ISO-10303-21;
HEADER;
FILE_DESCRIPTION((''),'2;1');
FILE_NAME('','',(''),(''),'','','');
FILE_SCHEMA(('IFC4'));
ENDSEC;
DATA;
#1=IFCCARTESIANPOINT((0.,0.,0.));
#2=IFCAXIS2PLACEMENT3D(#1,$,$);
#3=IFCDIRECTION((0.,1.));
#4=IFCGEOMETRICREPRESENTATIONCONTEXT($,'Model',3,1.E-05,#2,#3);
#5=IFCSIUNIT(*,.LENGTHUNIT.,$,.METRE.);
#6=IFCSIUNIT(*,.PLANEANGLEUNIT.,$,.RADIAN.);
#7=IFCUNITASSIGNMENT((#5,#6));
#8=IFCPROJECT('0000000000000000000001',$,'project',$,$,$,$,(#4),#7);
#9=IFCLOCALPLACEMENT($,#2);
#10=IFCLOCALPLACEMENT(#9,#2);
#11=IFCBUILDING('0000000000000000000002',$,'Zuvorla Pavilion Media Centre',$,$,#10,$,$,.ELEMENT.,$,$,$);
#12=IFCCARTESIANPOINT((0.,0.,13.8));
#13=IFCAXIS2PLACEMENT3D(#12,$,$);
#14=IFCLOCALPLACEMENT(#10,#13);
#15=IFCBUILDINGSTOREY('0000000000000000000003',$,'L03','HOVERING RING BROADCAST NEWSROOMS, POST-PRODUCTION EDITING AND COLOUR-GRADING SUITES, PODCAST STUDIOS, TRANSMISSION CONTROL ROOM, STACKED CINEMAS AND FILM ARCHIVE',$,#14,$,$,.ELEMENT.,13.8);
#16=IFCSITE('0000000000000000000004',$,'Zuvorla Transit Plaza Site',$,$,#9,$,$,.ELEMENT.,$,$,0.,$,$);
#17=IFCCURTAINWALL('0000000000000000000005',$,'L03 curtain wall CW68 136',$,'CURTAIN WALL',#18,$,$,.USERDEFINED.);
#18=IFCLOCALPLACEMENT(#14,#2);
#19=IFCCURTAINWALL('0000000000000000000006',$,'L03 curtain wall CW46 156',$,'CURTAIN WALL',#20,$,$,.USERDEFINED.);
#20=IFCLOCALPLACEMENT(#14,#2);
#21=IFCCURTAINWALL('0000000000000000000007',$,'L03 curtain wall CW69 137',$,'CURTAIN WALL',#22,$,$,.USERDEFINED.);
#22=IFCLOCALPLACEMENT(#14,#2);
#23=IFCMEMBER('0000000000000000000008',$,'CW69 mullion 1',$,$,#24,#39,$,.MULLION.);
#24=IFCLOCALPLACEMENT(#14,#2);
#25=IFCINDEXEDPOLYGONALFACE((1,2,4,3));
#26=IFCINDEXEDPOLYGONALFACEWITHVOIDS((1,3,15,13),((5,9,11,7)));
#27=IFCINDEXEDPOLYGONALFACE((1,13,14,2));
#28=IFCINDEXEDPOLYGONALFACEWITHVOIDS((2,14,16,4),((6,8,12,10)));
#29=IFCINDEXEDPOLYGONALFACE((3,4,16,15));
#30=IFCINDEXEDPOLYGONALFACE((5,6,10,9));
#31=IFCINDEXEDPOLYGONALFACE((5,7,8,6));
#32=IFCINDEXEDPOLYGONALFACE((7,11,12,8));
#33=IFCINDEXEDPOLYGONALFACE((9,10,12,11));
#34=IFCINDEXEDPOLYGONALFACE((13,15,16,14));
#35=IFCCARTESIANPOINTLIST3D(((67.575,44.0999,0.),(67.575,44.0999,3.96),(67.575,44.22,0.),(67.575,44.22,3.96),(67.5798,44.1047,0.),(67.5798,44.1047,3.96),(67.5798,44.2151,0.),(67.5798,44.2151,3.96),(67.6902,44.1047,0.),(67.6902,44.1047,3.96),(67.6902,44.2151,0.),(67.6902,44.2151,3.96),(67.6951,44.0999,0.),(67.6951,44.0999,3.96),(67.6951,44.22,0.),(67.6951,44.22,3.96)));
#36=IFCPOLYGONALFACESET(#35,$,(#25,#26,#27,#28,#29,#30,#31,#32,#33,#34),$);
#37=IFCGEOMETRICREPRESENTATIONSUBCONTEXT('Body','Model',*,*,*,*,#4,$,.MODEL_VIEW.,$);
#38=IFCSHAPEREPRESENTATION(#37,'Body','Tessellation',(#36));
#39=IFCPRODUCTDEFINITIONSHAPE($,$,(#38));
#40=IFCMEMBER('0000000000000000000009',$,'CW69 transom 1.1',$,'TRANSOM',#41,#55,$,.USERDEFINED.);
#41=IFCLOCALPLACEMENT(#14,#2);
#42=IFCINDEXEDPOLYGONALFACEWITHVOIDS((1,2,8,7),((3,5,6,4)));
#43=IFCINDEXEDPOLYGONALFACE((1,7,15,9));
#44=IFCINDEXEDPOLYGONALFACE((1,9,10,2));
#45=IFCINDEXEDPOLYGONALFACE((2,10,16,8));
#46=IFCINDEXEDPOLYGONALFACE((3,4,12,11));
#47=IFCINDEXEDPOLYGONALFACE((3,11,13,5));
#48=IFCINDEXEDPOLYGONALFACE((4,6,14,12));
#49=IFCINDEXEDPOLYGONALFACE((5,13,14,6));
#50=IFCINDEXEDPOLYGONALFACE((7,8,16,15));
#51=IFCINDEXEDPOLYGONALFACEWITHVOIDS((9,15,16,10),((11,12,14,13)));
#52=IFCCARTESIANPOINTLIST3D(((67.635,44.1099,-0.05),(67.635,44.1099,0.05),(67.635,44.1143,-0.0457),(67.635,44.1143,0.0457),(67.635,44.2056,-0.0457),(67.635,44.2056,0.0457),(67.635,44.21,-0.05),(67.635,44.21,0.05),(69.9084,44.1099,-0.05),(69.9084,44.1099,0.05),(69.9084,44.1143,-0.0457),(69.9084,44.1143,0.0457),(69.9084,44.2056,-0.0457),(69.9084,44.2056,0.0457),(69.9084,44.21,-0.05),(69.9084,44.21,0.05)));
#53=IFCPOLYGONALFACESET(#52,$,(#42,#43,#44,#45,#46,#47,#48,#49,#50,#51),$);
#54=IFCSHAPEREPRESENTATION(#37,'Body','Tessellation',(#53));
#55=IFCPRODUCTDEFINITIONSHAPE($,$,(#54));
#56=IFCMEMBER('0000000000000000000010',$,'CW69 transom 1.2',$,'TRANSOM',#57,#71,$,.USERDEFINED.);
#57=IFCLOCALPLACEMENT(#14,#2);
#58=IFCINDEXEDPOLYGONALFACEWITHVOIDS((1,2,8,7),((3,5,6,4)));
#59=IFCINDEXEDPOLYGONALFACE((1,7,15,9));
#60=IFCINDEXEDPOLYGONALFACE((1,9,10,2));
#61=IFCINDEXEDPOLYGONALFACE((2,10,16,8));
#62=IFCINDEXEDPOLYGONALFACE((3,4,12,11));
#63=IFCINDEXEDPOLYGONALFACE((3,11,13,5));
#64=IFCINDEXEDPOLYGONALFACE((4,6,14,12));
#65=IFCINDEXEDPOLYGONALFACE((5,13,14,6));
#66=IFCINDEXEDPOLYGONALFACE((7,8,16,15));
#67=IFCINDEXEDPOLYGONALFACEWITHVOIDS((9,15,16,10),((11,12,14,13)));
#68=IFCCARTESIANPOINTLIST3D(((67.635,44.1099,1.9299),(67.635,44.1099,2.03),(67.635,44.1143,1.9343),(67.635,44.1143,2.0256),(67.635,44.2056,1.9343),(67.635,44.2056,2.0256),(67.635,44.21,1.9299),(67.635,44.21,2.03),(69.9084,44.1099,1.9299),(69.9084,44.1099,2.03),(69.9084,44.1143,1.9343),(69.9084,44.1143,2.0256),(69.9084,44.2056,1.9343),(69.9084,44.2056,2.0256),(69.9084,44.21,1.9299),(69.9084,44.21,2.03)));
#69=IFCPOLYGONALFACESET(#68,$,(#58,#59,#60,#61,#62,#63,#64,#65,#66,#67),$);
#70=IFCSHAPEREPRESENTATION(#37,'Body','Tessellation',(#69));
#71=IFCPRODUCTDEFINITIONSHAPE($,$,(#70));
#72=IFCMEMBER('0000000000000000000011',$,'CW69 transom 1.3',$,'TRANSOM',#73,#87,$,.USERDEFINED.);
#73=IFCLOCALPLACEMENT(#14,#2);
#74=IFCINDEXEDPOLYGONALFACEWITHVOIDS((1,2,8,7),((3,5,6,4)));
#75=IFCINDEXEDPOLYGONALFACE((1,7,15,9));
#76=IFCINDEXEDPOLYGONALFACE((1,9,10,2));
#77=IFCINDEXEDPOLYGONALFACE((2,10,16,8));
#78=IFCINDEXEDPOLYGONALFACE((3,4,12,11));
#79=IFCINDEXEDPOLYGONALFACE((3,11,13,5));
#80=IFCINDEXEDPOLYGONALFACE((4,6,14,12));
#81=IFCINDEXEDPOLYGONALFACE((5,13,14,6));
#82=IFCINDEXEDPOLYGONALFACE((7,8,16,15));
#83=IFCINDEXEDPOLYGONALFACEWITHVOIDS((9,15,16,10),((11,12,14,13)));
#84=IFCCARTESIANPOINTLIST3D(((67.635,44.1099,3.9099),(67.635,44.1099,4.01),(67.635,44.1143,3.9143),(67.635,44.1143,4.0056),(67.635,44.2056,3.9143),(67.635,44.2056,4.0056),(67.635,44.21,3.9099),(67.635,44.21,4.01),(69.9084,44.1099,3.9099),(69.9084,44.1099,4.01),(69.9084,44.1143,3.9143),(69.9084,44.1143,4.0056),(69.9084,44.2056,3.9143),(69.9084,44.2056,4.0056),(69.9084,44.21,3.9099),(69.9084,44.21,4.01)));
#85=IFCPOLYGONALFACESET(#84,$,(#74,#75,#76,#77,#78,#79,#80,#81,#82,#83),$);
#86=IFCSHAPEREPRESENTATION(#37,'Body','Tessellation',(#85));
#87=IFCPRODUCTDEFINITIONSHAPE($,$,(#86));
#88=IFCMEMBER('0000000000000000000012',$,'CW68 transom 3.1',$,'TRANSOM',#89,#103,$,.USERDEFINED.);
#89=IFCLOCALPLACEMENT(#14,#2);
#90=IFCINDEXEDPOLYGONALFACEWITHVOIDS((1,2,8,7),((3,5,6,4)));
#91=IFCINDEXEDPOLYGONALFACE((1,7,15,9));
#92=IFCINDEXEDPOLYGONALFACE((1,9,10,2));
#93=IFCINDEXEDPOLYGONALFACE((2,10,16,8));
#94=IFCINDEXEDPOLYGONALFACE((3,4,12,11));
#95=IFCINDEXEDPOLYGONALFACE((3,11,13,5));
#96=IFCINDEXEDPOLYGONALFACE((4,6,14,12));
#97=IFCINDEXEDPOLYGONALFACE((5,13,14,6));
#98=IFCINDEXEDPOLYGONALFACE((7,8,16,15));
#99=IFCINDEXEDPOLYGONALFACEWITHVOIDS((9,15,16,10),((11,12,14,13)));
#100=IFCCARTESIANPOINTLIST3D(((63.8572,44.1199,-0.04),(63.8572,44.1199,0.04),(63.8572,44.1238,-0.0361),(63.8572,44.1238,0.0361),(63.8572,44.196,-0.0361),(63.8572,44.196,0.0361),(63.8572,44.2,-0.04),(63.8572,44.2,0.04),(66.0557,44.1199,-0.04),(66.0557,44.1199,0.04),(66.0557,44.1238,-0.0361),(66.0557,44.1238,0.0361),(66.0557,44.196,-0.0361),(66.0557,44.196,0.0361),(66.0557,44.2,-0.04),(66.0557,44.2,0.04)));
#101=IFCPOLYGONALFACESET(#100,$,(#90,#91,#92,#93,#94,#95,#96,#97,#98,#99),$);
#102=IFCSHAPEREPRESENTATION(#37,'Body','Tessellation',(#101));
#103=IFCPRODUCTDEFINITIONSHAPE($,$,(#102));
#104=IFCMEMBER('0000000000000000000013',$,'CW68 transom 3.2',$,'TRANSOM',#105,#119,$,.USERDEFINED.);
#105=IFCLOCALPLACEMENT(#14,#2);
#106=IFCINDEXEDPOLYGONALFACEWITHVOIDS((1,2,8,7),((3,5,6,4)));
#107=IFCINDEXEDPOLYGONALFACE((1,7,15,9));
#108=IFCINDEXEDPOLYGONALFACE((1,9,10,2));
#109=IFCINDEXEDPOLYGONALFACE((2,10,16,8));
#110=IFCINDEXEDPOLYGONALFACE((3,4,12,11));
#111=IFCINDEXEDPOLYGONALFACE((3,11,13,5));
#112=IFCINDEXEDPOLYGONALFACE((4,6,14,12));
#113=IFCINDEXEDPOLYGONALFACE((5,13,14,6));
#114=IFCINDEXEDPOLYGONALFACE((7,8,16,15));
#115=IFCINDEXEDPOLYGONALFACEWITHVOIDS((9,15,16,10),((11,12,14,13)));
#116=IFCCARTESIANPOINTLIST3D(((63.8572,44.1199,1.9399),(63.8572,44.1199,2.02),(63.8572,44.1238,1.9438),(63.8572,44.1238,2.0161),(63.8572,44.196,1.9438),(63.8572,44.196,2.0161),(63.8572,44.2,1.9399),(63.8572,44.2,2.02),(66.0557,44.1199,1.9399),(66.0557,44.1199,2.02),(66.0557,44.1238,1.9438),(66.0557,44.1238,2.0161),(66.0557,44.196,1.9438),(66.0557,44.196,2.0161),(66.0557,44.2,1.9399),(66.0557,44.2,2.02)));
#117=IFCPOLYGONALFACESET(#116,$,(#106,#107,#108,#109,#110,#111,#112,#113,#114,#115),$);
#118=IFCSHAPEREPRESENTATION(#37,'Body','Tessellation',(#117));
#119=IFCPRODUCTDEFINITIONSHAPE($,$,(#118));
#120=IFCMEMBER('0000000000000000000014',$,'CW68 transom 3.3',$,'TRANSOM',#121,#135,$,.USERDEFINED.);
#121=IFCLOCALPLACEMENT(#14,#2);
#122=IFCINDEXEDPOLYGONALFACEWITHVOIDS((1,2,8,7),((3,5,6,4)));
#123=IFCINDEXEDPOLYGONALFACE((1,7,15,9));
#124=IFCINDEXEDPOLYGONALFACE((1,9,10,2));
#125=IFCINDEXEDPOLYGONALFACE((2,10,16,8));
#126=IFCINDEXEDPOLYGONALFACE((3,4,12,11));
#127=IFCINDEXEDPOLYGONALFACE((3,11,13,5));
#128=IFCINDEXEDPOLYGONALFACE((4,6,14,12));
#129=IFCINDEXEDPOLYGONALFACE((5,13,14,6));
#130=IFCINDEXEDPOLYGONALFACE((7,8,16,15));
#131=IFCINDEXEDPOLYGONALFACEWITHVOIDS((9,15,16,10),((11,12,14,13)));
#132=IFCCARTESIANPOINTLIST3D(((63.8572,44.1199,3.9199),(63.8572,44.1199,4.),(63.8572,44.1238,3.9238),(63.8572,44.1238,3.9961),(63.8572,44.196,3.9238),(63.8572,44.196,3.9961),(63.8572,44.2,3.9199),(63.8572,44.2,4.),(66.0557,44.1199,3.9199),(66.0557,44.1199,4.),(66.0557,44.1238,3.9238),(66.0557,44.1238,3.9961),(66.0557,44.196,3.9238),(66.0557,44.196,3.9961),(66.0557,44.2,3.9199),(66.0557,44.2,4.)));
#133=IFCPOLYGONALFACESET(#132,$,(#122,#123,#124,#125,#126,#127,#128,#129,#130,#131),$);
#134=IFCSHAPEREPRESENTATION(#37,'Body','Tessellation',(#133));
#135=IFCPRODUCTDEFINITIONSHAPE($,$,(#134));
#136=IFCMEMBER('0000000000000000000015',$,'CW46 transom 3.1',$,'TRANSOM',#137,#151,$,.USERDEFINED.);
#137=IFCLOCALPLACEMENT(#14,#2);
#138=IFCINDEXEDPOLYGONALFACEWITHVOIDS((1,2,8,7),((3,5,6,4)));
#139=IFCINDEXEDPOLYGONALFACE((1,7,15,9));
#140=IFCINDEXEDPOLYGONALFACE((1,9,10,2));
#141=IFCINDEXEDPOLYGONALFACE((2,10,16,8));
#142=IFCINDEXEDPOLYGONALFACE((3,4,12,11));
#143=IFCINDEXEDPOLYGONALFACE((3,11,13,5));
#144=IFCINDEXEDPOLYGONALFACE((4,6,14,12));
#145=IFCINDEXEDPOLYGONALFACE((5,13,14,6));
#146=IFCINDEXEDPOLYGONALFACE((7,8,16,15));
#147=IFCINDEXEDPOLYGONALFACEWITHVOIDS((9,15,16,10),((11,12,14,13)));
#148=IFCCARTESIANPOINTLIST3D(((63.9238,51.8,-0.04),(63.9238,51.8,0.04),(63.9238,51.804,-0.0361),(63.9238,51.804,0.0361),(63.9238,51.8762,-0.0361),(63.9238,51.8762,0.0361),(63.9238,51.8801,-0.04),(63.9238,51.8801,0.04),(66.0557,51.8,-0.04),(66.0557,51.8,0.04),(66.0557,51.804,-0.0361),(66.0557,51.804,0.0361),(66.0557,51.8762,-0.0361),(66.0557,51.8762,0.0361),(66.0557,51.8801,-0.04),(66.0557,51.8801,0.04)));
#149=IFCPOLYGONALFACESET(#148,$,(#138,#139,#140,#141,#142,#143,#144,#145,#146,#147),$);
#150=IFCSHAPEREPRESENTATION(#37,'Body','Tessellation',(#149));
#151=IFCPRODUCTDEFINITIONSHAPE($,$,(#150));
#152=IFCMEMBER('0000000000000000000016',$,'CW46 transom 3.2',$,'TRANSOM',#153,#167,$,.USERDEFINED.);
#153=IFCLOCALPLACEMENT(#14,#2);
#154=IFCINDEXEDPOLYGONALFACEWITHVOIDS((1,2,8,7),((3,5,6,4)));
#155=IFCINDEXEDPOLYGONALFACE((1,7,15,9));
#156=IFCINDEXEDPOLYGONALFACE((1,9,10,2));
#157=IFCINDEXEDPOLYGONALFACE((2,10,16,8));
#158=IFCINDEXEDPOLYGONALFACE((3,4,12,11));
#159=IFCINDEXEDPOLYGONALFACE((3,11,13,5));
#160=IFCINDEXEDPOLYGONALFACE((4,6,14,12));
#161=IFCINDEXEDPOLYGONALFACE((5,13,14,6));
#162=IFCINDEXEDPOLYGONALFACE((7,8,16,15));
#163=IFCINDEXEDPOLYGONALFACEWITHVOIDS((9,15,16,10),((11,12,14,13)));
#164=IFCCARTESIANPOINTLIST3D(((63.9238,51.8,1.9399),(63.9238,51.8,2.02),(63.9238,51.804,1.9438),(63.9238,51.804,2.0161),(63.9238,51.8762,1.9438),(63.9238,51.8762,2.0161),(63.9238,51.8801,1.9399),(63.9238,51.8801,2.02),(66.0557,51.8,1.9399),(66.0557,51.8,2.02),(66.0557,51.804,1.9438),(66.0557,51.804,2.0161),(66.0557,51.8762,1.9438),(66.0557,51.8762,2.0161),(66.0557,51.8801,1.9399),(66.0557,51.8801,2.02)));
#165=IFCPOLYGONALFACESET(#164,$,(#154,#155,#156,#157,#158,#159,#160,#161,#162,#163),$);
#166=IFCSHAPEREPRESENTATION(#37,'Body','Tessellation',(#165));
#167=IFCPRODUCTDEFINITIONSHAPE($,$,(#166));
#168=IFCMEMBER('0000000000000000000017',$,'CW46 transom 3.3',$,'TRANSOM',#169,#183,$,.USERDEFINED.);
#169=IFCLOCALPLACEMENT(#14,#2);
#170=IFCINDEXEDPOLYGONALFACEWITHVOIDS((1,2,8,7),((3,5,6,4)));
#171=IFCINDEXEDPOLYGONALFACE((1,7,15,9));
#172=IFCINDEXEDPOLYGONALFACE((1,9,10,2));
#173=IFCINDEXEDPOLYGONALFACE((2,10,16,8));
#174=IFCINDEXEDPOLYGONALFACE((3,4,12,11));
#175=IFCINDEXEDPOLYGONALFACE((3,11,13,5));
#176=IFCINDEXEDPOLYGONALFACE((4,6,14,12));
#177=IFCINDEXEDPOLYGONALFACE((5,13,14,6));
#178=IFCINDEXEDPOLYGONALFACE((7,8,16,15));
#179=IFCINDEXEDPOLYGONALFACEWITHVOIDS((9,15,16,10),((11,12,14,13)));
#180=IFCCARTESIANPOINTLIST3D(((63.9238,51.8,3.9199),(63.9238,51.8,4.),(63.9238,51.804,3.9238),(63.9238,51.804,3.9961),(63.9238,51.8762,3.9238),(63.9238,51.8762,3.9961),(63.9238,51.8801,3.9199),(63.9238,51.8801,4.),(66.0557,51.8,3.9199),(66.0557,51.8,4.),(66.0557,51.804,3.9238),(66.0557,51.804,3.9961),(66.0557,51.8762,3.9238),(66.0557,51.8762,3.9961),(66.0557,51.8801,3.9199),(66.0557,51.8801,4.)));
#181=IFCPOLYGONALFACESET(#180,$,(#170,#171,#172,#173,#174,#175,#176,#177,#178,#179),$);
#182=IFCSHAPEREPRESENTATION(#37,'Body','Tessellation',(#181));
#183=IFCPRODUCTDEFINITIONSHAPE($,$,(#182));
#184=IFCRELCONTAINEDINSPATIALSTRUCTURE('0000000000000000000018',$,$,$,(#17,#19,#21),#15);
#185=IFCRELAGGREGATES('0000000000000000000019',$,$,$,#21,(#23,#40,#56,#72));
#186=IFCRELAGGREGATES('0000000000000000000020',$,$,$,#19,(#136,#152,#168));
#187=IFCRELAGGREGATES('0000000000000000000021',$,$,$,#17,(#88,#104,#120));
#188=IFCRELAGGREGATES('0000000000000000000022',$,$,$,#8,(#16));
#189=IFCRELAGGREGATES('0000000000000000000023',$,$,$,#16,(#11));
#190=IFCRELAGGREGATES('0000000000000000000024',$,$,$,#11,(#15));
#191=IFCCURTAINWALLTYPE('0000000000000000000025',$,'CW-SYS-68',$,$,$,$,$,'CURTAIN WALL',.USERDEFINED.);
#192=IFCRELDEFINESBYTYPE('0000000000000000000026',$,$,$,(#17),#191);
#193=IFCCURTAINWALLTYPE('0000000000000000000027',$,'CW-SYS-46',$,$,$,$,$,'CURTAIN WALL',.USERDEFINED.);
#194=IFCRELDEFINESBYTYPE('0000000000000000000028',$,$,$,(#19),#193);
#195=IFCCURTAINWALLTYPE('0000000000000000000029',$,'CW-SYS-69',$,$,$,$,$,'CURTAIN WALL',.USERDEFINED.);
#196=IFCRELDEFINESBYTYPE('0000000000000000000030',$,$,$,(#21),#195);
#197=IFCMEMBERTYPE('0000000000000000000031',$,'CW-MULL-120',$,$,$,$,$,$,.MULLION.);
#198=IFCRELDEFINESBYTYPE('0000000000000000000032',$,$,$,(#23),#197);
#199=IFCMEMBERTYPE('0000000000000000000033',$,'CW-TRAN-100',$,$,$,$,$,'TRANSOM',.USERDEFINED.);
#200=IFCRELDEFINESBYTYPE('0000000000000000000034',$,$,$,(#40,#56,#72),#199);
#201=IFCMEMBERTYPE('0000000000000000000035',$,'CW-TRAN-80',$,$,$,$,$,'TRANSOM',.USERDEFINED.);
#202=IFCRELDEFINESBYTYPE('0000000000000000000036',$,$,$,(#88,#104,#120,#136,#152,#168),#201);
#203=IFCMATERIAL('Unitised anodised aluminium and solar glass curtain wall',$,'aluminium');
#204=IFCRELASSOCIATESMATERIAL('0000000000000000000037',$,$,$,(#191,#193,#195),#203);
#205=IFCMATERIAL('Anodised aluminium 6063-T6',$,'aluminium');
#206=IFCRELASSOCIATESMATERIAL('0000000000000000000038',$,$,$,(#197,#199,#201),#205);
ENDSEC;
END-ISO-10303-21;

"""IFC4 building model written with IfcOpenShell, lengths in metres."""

from ifc_helpers import new_model, si_unit, direction, frame, origin, origin_2d, place, context, subcontext, project, spatial, hollow_rectangle, extrude, material, material_profile, profile_set, type_object, element, aggregate, save


model = new_model("IFC4")

# Units and contexts
model_context = context("Model", 3, precision=1e-05, world=origin(), true_north=direction((0.0, 1.0)))
body_context = subcontext(model_context, "Body", "Model", "MODEL_VIEW")
ifc_project = project(units=[si_unit("LENGTHUNIT", "METRE"), si_unit("PLANEANGLEUNIT", "RADIAN")], contexts=[model_context])

# Site, building, storey
site_placement = place(None, origin())
site = spatial("IfcSite", under=ifc_project, at=site_placement, Name="Zuvorla Transit Plaza Site", CompositionType="ELEMENT", RefElevation=0.0)
building_placement = place(site_placement, origin())
building = spatial("IfcBuilding", under=site, at=building_placement, Name="Zuvorla Pavilion Media Centre", CompositionType="ELEMENT")
storey_placement = place(building_placement, frame((0.0, 0.0, 13.8)))
storey = spatial("IfcBuildingStorey", under=building, at=storey_placement, Name="L03", Description="HOVERING RING BROADCAST NEWSROOMS, POST-PRODUCTION EDITING AND COLOUR-GRADING SUITES, PODCAST STUDIOS, TRANSMISSION CONTROL ROOM, STACKED CINEMAS AND FILM ARCHIVE", CompositionType="ELEMENT", Elevation=13.8)

# Curtain walls, members
ifc_material_1 = material(Name="Unitised anodised aluminium and solar glass curtain wall", Category="aluminium")
curtain_wall_type_1 = type_object("IfcCurtainWallType", Name="CW-SYS-68", ElementType="CURTAIN WALL", PredefinedType="USERDEFINED", material=ifc_material_1)
curtain_wall_1_placement = place(storey_placement, origin())
curtain_wall_1 = element("IfcCurtainWall", 1, at=curtain_wall_1_placement, inside=storey, type_object=curtain_wall_type_1, Name="L03 curtain wall CW68 136", ObjectType="CURTAIN WALL", PredefinedType="USERDEFINED")
ifc_material_2 = material(Name="Anodised aluminium 6063-T6", Category="aluminium")
curtain_wall_type_2 = type_object("IfcCurtainWallType", Name="CW-SYS-46", ElementType="CURTAIN WALL", PredefinedType="USERDEFINED", material=ifc_material_1)
curtain_wall_2_placement = place(storey_placement, origin())
curtain_wall_2 = element("IfcCurtainWall", 2, at=curtain_wall_2_placement, inside=storey, type_object=curtain_wall_type_2, Name="L03 curtain wall CW46 156", ObjectType="CURTAIN WALL", PredefinedType="USERDEFINED")
curtain_wall_type_3 = type_object("IfcCurtainWallType", Name="CW-SYS-69", ElementType="CURTAIN WALL", PredefinedType="USERDEFINED", material=ifc_material_1)
curtain_wall_3_placement = place(storey_placement, origin())
curtain_wall_3 = element("IfcCurtainWall", 3, at=curtain_wall_3_placement, inside=storey, type_object=curtain_wall_type_3, Name="L03 curtain wall CW69 137", ObjectType="CURTAIN WALL", PredefinedType="USERDEFINED")
ifc_material_profile_1 = material_profile(ifc_material_2, hollow_rectangle(XDim=0.1201, YDim=0.1201, WallThickness=0.0049, at=origin_2d()), Name="ALU MULL 120x120")
ifc_profile_set_1 = profile_set([ifc_material_profile_1], Name="Anodised aluminium 6063-T6")
member_type_1 = type_object("IfcMemberType", Name="CW-MULL-120", PredefinedType="MULLION", material=ifc_profile_set_1)
member_1_placement = place(storey_placement, frame((67.635, 44.1599, 0.0), z_axis=(0.0, 0.0, 1.0), x_axis=(1.0, 0.0, 0.0)))
member_1 = element("IfcMember", 4, at=member_1_placement, type_object=member_type_1, Name="CW69 mullion 1", PredefinedType="MULLION", context=body_context, shape_type="SweptSolid", body=[
    extrude(hollow_rectangle(XDim=0.1201, YDim=0.1201, WallThickness=0.0049, at=origin_2d()), origin(), (0.0, 0.0, 1.0), 3.96),
])
ifc_material_profile_2 = material_profile(ifc_material_2, hollow_rectangle(XDim=0.1001, YDim=0.1001, WallThickness=0.0044, at=origin_2d()), Name="ALU TRAN 100x100")
ifc_profile_set_2 = profile_set([ifc_material_profile_2], Name="Anodised aluminium 6063-T6")
member_type_2 = type_object("IfcMemberType", Name="CW-TRAN-100", ElementType="TRANSOM", PredefinedType="USERDEFINED", material=ifc_profile_set_2)
member_2_placement = place(storey_placement, frame((67.635, 44.1599, 0.0), z_axis=(1.0, 0.0, 0.0), x_axis=(0.0, 1.0, 0.0)))
member_2 = element("IfcMember", 5, at=member_2_placement, type_object=member_type_2, Name="CW69 transom 1.1", ObjectType="TRANSOM", PredefinedType="USERDEFINED", context=body_context, shape_type="SweptSolid", body=[
    extrude(hollow_rectangle(XDim=0.1001, YDim=0.1001, WallThickness=0.0044, at=origin_2d()), origin(), (0.0, 0.0, 1.0), 2.2734),
])
member_3_placement = place(storey_placement, frame((67.635, 44.1599, 1.98), z_axis=(1.0, 0.0, 0.0), x_axis=(0.0, 1.0, 0.0)))
member_3 = element("IfcMember", 6, at=member_3_placement, type_object=member_type_2, Name="CW69 transom 1.2", ObjectType="TRANSOM", PredefinedType="USERDEFINED", context=body_context, shape_type="SweptSolid", body=[
    extrude(hollow_rectangle(XDim=0.1001, YDim=0.1001, WallThickness=0.0044, at=origin_2d()), origin(), (0.0, 0.0, 1.0), 2.2734),
])
member_4_placement = place(storey_placement, frame((67.635, 44.1599, 3.96), z_axis=(1.0, 0.0, 0.0), x_axis=(0.0, 1.0, 0.0)))
member_4 = element("IfcMember", 7, at=member_4_placement, type_object=member_type_2, Name="CW69 transom 1.3", ObjectType="TRANSOM", PredefinedType="USERDEFINED", context=body_context, shape_type="SweptSolid", body=[
    extrude(hollow_rectangle(XDim=0.1001, YDim=0.1001, WallThickness=0.0044, at=origin_2d()), origin(), (0.0, 0.0, 1.0), 2.2734),
])

# Members
ifc_material_profile_3 = material_profile(ifc_material_2, hollow_rectangle(XDim=0.0801, YDim=0.0801, WallThickness=0.0039, at=origin_2d()), Name="ALU TRAN 80x80")
ifc_profile_set_3 = profile_set([ifc_material_profile_3], Name="Anodised aluminium 6063-T6")
member_type_3 = type_object("IfcMemberType", Name="CW-TRAN-80", ElementType="TRANSOM", PredefinedType="USERDEFINED", material=ifc_profile_set_3)
member_5_placement = place(storey_placement, frame((63.8572, 44.1599, 0.0), z_axis=(1.0, 0.0, 0.0), x_axis=(0.0, 1.0, 0.0)))
member_5 = element("IfcMember", 8, at=member_5_placement, type_object=member_type_3, Name="CW68 transom 3.1", ObjectType="TRANSOM", PredefinedType="USERDEFINED", context=body_context, shape_type="SweptSolid", body=[
    extrude(hollow_rectangle(XDim=0.0801, YDim=0.0801, WallThickness=0.0039, at=origin_2d()), origin(), (0.0, 0.0, 1.0), 2.1985),
])
member_6_placement = place(storey_placement, frame((63.8572, 44.1599, 1.98), z_axis=(1.0, 0.0, 0.0), x_axis=(0.0, 1.0, 0.0)))
member_6 = element("IfcMember", 9, at=member_6_placement, type_object=member_type_3, Name="CW68 transom 3.2", ObjectType="TRANSOM", PredefinedType="USERDEFINED", context=body_context, shape_type="SweptSolid", body=[
    extrude(hollow_rectangle(XDim=0.0801, YDim=0.0801, WallThickness=0.0039, at=origin_2d()), origin(), (0.0, 0.0, 1.0), 2.1985),
])
member_7_placement = place(storey_placement, frame((63.8572, 44.1599, 3.96), z_axis=(1.0, 0.0, 0.0), x_axis=(0.0, 1.0, 0.0)))
member_7 = element("IfcMember", 10, at=member_7_placement, type_object=member_type_3, Name="CW68 transom 3.3", ObjectType="TRANSOM", PredefinedType="USERDEFINED", context=body_context, shape_type="SweptSolid", body=[
    extrude(hollow_rectangle(XDim=0.0801, YDim=0.0801, WallThickness=0.0039, at=origin_2d()), origin(), (0.0, 0.0, 1.0), 2.1985),
])
member_8_placement = place(storey_placement, frame((63.9238, 51.8401, 0.0), z_axis=(1.0, 0.0, 0.0), x_axis=(0.0, 1.0, 0.0)))
member_8 = element("IfcMember", 11, at=member_8_placement, type_object=member_type_3, Name="CW46 transom 3.1", ObjectType="TRANSOM", PredefinedType="USERDEFINED", context=body_context, shape_type="SweptSolid", body=[
    extrude(hollow_rectangle(XDim=0.0801, YDim=0.0801, WallThickness=0.0039, at=origin_2d()), origin(), (0.0, 0.0, 1.0), 2.1318),
])
member_9_placement = place(storey_placement, frame((63.9238, 51.8401, 1.98), z_axis=(1.0, 0.0, 0.0), x_axis=(0.0, 1.0, 0.0)))
member_9 = element("IfcMember", 12, at=member_9_placement, type_object=member_type_3, Name="CW46 transom 3.2", ObjectType="TRANSOM", PredefinedType="USERDEFINED", context=body_context, shape_type="SweptSolid", body=[
    extrude(hollow_rectangle(XDim=0.0801, YDim=0.0801, WallThickness=0.0039, at=origin_2d()), origin(), (0.0, 0.0, 1.0), 2.1318),
])
member_10_placement = place(storey_placement, frame((63.9238, 51.8401, 3.96), z_axis=(1.0, 0.0, 0.0), x_axis=(0.0, 1.0, 0.0)))
member_10 = element("IfcMember", 13, at=member_10_placement, type_object=member_type_3, Name="CW46 transom 3.3", ObjectType="TRANSOM", PredefinedType="USERDEFINED", context=body_context, shape_type="SweptSolid", body=[
    extrude(hollow_rectangle(XDim=0.0801, YDim=0.0801, WallThickness=0.0039, at=origin_2d()), origin(), (0.0, 0.0, 1.0), 2.1318),
])

aggregate(curtain_wall_3, [member_1, member_2, member_3, member_4])
aggregate(curtain_wall_2, [member_8, member_9, member_10])
aggregate(curtain_wall_1, [member_5, member_6, member_7])

save(model, "model.ifc")
